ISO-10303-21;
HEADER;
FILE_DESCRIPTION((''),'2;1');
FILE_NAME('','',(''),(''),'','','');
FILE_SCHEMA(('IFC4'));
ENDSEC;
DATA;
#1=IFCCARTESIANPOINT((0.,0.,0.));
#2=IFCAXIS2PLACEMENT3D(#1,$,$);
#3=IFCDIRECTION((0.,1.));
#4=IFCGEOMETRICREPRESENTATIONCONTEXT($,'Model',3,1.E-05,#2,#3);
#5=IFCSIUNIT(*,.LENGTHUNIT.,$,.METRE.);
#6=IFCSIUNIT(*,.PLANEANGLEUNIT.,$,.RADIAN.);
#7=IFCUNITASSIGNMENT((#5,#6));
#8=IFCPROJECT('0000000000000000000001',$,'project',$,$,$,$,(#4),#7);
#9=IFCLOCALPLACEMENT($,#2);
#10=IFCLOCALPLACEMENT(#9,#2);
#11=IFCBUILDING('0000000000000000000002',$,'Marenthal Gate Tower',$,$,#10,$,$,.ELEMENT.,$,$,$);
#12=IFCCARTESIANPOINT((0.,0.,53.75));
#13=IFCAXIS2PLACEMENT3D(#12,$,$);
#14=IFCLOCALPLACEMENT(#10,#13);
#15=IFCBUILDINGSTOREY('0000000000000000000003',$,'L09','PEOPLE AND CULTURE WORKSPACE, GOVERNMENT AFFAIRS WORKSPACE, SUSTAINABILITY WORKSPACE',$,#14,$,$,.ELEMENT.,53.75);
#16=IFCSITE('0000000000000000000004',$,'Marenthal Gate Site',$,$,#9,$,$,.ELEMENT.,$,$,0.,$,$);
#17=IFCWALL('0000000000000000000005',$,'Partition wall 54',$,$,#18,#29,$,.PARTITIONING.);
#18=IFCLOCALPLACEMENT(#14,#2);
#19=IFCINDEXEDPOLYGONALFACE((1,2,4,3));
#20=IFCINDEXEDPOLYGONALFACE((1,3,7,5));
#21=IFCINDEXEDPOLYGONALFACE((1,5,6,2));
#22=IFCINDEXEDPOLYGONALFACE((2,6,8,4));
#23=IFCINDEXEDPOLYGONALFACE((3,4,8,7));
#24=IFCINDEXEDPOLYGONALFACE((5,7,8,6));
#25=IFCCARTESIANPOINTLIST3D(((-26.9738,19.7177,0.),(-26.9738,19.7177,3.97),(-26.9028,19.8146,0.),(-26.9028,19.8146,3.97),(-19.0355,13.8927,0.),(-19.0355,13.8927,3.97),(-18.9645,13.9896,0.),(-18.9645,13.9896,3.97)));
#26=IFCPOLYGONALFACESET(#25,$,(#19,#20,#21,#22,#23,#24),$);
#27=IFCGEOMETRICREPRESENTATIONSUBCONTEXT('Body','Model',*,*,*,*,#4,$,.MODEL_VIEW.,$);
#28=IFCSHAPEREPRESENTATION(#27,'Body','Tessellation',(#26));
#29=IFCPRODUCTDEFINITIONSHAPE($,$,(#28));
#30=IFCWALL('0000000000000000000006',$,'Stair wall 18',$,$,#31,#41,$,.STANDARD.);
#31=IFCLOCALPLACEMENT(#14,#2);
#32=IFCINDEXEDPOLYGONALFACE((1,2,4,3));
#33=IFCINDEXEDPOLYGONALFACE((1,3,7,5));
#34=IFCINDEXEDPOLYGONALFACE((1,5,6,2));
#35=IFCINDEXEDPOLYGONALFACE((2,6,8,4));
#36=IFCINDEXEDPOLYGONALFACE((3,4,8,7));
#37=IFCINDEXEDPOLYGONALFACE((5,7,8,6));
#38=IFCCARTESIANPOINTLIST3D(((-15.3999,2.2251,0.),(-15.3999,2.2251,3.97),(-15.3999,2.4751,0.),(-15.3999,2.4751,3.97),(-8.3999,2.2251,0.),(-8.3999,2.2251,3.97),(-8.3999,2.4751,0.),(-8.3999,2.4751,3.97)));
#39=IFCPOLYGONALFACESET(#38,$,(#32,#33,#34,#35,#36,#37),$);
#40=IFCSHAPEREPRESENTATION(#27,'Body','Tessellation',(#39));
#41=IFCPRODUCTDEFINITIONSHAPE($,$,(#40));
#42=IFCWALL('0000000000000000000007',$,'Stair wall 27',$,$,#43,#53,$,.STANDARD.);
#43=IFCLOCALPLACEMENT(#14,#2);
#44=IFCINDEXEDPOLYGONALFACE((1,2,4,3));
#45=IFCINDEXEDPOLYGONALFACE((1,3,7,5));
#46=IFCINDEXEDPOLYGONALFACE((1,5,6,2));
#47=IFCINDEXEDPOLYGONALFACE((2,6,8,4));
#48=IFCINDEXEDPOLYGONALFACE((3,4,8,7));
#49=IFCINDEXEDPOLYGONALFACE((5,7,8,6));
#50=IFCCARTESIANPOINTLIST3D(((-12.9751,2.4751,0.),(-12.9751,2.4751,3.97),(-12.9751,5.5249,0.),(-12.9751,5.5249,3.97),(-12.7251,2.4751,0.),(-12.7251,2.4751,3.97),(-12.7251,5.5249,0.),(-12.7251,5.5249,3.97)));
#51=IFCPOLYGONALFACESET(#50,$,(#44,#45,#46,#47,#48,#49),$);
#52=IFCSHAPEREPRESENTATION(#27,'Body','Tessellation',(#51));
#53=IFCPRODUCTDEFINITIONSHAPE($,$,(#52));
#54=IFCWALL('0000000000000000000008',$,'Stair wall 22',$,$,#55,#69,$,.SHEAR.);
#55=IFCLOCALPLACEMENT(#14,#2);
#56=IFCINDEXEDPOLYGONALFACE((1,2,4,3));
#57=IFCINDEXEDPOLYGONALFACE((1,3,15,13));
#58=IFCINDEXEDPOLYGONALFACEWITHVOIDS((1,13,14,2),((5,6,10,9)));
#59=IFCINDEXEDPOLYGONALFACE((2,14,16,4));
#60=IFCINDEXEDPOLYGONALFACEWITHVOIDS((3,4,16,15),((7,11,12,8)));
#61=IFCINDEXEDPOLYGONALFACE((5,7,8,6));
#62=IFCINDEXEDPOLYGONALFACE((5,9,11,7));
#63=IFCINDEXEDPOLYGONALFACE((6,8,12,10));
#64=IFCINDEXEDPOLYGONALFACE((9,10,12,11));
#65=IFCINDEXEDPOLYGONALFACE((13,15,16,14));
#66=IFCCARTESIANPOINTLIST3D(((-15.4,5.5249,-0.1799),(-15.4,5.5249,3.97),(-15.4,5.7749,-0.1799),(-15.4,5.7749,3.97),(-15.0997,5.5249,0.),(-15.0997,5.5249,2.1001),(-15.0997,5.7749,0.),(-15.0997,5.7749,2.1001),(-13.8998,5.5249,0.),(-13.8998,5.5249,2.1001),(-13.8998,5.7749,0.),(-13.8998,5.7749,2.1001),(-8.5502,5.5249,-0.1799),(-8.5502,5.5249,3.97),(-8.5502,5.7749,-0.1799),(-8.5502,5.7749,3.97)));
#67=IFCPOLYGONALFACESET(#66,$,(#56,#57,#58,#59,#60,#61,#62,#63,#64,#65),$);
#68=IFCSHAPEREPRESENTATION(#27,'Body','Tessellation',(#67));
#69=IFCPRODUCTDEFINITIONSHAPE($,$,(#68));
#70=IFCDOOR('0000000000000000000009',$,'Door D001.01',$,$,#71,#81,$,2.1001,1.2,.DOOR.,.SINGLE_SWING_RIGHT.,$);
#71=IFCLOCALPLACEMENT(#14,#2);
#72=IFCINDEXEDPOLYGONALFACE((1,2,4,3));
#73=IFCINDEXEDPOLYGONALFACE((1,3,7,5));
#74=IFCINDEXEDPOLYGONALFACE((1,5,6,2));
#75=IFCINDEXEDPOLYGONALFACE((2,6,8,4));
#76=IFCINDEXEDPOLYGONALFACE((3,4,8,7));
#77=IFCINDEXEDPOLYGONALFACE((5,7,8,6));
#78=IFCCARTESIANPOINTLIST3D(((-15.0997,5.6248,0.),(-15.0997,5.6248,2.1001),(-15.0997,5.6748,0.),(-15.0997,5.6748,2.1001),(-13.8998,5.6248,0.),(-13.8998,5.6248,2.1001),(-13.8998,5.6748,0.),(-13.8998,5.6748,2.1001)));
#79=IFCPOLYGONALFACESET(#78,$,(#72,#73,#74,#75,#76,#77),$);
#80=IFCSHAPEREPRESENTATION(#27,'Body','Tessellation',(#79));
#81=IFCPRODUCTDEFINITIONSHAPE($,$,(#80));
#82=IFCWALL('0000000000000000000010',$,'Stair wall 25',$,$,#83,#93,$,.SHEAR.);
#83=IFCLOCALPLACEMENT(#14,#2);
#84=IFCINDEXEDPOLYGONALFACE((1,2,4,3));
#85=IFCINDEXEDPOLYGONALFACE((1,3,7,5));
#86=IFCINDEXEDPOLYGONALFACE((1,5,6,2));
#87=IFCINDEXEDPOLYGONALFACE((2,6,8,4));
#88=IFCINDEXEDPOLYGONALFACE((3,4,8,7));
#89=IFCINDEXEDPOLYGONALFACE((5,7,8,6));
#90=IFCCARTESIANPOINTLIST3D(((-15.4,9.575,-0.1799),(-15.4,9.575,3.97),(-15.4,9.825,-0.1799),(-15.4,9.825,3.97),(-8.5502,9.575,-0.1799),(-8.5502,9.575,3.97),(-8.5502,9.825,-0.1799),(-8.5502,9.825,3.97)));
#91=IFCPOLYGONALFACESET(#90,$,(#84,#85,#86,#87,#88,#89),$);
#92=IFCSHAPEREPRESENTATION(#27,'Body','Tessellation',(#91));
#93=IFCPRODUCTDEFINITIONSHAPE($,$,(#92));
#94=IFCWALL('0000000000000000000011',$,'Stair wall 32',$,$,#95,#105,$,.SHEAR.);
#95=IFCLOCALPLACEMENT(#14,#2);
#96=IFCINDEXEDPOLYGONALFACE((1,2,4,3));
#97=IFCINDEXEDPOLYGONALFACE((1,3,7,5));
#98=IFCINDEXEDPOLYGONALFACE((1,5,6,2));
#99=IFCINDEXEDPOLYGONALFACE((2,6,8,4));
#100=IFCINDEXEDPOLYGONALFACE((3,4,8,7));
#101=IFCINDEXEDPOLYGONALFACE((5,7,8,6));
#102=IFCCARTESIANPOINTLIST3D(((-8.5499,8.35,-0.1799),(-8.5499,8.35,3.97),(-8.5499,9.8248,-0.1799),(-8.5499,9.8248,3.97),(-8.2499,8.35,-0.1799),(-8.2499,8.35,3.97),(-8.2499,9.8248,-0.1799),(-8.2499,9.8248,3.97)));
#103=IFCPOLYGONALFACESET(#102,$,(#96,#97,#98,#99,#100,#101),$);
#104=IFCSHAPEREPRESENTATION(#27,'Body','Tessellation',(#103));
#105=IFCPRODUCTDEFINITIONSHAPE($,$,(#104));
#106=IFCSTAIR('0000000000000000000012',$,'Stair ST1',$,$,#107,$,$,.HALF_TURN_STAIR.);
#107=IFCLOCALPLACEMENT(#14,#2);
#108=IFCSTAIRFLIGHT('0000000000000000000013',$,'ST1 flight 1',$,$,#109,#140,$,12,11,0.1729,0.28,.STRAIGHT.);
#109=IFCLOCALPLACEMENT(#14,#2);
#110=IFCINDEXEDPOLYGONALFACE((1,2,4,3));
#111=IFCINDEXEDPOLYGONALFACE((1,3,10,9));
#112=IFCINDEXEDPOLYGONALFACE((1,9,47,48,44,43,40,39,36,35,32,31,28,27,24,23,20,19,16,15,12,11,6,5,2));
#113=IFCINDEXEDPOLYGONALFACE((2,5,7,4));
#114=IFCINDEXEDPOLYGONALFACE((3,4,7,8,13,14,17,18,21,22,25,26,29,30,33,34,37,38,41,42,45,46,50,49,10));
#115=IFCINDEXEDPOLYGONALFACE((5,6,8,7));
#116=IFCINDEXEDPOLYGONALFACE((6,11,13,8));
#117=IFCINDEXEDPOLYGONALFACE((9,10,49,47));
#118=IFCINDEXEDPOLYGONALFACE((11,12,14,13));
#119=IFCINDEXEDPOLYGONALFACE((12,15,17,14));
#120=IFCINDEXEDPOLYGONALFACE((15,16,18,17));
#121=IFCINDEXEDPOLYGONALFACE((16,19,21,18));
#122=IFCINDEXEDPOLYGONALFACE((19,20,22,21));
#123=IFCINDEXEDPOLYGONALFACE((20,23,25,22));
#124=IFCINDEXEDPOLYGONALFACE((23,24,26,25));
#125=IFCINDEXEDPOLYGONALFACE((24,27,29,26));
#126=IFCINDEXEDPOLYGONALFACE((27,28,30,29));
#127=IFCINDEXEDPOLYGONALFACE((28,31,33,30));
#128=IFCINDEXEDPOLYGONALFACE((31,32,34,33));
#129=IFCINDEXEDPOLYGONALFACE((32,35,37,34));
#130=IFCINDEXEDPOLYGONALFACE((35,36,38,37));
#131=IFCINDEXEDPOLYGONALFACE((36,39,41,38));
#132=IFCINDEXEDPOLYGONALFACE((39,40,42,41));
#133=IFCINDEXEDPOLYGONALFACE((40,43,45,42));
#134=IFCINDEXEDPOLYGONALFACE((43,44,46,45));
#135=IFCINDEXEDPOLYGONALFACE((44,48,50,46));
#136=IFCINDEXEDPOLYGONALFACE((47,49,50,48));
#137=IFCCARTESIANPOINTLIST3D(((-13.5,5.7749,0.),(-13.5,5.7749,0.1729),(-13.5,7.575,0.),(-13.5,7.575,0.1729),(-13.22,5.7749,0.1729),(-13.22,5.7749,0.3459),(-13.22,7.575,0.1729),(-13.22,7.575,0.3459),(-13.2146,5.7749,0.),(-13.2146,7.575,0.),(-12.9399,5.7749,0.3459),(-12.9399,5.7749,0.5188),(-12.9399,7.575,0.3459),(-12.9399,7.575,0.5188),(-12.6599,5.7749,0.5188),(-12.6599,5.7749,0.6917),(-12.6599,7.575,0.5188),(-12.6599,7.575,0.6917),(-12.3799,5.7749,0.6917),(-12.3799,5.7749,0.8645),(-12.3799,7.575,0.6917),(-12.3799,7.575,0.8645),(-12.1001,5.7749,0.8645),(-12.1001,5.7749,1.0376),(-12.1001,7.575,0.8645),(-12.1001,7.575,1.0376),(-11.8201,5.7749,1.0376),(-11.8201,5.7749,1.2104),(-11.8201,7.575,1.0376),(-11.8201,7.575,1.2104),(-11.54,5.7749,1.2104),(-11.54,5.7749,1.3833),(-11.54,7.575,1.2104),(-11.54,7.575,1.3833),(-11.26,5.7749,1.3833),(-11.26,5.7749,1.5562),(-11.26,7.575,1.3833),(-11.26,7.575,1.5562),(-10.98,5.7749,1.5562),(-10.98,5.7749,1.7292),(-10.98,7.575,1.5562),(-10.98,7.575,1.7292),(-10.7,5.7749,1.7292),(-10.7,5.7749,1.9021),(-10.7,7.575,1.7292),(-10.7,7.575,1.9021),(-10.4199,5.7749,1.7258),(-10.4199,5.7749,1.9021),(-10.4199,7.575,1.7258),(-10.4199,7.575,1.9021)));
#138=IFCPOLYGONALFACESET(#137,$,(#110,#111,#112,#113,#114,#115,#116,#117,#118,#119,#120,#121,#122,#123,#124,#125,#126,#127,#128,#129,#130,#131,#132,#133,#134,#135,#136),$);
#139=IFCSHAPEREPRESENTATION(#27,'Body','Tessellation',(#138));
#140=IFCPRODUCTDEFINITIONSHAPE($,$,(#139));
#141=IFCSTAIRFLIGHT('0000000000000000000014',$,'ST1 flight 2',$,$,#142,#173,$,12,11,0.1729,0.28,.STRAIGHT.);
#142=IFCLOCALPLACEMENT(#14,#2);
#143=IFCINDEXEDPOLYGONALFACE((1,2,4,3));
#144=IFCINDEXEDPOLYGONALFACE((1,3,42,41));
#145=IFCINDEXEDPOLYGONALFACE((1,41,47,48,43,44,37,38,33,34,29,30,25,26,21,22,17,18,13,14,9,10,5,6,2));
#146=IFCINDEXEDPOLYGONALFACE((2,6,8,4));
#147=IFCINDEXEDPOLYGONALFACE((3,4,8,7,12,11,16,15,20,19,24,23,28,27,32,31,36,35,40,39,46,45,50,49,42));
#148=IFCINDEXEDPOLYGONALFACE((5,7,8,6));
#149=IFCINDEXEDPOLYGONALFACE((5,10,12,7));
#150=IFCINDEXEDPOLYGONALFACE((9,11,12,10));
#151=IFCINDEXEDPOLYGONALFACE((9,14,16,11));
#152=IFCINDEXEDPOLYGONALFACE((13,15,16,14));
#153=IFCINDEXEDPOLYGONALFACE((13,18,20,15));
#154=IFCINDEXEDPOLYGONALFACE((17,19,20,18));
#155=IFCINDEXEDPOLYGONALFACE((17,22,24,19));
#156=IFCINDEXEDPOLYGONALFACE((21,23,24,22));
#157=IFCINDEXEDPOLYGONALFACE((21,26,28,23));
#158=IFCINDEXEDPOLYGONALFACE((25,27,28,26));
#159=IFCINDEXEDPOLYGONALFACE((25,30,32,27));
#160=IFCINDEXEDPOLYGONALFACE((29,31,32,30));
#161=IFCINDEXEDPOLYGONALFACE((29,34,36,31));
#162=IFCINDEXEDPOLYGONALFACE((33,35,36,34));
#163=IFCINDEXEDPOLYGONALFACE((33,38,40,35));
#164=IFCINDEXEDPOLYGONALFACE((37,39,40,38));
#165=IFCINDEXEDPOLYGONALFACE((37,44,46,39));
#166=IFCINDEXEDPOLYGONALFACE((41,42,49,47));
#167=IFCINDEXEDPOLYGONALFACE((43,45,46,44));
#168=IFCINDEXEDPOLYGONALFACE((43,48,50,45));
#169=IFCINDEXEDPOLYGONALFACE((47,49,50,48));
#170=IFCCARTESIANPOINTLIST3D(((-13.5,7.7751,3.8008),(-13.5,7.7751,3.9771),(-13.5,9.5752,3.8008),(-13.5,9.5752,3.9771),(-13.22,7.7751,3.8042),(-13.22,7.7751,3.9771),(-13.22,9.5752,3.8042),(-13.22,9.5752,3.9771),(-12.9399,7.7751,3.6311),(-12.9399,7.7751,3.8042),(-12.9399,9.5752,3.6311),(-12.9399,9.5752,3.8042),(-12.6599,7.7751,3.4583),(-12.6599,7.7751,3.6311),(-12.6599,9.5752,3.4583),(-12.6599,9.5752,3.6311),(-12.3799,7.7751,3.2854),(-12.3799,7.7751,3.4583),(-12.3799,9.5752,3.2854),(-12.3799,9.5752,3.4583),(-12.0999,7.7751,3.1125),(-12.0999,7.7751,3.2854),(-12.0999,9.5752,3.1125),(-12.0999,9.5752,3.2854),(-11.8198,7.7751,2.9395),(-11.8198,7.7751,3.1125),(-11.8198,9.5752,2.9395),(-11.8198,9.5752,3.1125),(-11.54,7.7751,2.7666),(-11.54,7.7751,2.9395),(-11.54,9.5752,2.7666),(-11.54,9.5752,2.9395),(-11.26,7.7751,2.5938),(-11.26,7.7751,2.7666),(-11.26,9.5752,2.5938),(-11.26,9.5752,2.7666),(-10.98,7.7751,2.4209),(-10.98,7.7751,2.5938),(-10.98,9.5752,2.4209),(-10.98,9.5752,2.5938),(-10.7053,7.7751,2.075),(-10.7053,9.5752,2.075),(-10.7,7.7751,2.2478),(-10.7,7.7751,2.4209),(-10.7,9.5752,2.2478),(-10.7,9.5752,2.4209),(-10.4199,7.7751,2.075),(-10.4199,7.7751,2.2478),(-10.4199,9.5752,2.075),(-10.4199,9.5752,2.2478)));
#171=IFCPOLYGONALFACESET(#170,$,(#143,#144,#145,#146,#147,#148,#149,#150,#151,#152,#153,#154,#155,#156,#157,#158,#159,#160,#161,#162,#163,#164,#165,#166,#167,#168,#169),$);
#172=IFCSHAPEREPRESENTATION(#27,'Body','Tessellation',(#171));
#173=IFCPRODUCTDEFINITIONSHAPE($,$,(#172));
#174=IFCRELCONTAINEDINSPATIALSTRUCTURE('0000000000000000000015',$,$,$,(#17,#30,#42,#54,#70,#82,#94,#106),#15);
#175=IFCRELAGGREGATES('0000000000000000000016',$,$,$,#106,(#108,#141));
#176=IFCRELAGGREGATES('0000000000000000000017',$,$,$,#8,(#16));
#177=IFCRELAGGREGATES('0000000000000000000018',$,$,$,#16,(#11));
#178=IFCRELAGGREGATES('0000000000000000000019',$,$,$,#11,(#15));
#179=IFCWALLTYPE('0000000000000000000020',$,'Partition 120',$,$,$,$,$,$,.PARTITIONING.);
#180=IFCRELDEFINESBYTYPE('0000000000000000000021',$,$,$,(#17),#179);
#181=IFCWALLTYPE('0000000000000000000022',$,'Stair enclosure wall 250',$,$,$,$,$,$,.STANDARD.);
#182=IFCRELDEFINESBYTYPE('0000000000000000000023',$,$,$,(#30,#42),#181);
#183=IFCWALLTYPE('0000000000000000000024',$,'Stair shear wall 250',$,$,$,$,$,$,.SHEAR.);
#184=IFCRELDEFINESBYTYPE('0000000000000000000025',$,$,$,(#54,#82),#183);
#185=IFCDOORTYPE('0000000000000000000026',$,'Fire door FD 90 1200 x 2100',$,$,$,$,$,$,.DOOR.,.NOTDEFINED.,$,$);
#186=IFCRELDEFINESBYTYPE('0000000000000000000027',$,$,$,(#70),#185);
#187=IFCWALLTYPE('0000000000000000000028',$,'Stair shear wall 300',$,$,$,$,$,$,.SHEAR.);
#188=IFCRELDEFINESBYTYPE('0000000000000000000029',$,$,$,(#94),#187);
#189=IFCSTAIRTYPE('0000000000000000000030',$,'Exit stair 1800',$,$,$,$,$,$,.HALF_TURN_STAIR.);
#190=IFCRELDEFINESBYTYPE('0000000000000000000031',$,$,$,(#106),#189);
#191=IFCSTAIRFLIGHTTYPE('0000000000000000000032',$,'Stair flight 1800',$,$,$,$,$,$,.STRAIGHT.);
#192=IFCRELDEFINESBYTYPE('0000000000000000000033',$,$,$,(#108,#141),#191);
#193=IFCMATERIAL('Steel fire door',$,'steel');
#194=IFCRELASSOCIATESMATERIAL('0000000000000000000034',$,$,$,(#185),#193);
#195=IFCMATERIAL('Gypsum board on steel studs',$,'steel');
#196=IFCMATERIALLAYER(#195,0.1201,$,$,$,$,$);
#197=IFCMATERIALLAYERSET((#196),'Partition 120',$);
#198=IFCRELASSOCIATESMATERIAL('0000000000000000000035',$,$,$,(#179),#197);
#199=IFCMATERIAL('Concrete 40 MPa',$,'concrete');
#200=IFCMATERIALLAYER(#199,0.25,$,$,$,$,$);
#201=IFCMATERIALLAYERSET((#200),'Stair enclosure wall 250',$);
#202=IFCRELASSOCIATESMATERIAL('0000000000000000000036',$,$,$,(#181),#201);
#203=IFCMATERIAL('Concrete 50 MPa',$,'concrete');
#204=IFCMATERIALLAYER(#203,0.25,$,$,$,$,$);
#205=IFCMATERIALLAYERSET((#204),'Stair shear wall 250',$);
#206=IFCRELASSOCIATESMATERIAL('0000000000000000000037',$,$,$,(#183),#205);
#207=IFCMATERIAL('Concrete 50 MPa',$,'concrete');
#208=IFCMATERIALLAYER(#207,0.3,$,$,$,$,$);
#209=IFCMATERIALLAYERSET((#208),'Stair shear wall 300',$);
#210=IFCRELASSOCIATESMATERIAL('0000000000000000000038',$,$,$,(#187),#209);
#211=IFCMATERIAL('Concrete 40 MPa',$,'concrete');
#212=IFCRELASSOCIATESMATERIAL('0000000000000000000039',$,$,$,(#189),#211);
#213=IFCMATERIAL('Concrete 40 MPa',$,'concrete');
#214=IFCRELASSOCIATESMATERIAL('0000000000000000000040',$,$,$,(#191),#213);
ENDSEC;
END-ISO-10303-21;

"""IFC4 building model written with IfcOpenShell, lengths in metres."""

from ifc_helpers import new_model, si_unit, direction, frame, frame_2d, origin, place, context, subcontext, project, spatial, polyline, rectangle, outline, extrude, material, layer, layer_set, type_object, element, fill, aggregate, save


model = new_model("IFC4")

# Units and contexts
model_context = context("Model", 3, precision=1e-05, world=origin(), true_north=direction((0.0, 1.0)))
body_context = subcontext(model_context, "Body", "Model", "MODEL_VIEW")
ifc_project = project(units=[si_unit("LENGTHUNIT", "METRE"), si_unit("PLANEANGLEUNIT", "RADIAN")], contexts=[model_context])

# Site, building, storey
site_placement = place(None, origin())
site = spatial("IfcSite", under=ifc_project, at=site_placement, Name="Marenthal Gate Site", CompositionType="ELEMENT", RefElevation=0.0)
building_placement = place(site_placement, origin())
building = spatial("IfcBuilding", under=site, at=building_placement, Name="Marenthal Gate Tower", CompositionType="ELEMENT")
storey_placement = place(building_placement, frame((0.0, 0.0, 53.75)))
storey = spatial("IfcBuildingStorey", under=building, at=storey_placement, Name="L09", Description="PEOPLE AND CULTURE WORKSPACE, GOVERNMENT AFFAIRS WORKSPACE, SUSTAINABILITY WORKSPACE", CompositionType="ELEMENT", Elevation=53.75)

# Shared definitions
ifc_material_1 = material(Name="Steel fire door", Category="steel")
door_type_1 = type_object("IfcDoorType", Name="Fire door FD 90 1200 x 2100", OperationType="NOTDEFINED", PredefinedType="DOOR", material=ifc_material_1)

# Walls
ifc_material_2 = material(Name="Gypsum board on steel studs", Category="steel")
ifc_layer_1 = layer(ifc_material_2, 0.1201)
ifc_layer_set_1 = layer_set([ifc_layer_1], Name="Partition 120")
wall_type_1 = type_object("IfcWallType", Name="Partition 120", PredefinedType="PARTITIONING", material=ifc_layer_set_1)
wall_1_placement = place(storey_placement, frame((-19.0, 13.9412, 0.0), z_axis=(0.0, 0.0, 1.0), x_axis=(-0.806232, 0.5916, 0.0)))
element("IfcWall", 1, at=wall_1_placement, inside=storey, type_object=wall_type_1, Name="Partition wall 54", PredefinedType="PARTITIONING", context=body_context, shape_type="SweptSolid", body=[
    extrude(rectangle(XDim=9.8462, YDim=0.1201, at=frame_2d((4.9231, 0.0))), origin(), (0.0, 0.0, 1.0), 3.97),
])
ifc_material_3 = material(Name="Concrete 40 MPa", Category="concrete")
ifc_layer_2 = layer(ifc_material_3, 0.25)
ifc_layer_set_2 = layer_set([ifc_layer_2], Name="Stair enclosure wall 250")
wall_type_2 = type_object("IfcWallType", Name="Stair enclosure wall 250", PredefinedType="STANDARD", material=ifc_layer_set_2)
wall_2_placement = place(storey_placement, frame((-15.3999, 2.3501, 0.0), z_axis=(0.0, 0.0, 1.0), x_axis=(1.0, 0.0, 0.0)))
element("IfcWall", 2, at=wall_2_placement, inside=storey, type_object=wall_type_2, Name="Stair wall 18", PredefinedType="STANDARD", context=body_context, shape_type="SweptSolid", body=[
    extrude(rectangle(XDim=7.0, YDim=0.25, at=frame_2d((3.5, 0.0))), origin(), (0.0, 0.0, 1.0), 3.97),
])
wall_3_placement = place(storey_placement, frame((-12.8501, 2.4751, 0.0), z_axis=(0.0, 0.0, 1.0), x_axis=(0.0, 1.0, 0.0)))
element("IfcWall", 3, at=wall_3_placement, inside=storey, type_object=wall_type_2, Name="Stair wall 27", PredefinedType="STANDARD", context=body_context, shape_type="SweptSolid", body=[
    extrude(rectangle(XDim=3.0498, YDim=0.25, at=frame_2d((1.5249, 0.0))), origin(), (0.0, 0.0, 1.0), 3.97),
])

# Wall, opening, door
ifc_material_4 = material(Name="Concrete 50 MPa", Category="concrete")
ifc_layer_3 = layer(ifc_material_4, 0.25)
ifc_layer_set_3 = layer_set([ifc_layer_3], Name="Stair shear wall 250")
wall_type_3 = type_object("IfcWallType", Name="Stair shear wall 250", PredefinedType="SHEAR", material=ifc_layer_set_3)
wall_4_placement = place(storey_placement, frame((-15.3999, 5.6499, -0.1799), z_axis=(0.0, 0.0, 1.0), x_axis=(1.0, 0.0, 0.0)))
wall_4 = element("IfcWall", 4, at=wall_4_placement, inside=storey, type_object=wall_type_3, Name="Stair wall 22", PredefinedType="SHEAR", context=body_context, shape_type="SweptSolid", body=[
    extrude(rectangle(XDim=6.8499, YDim=0.25, at=frame_2d((3.4248, 0.0))), origin(), (0.0, 0.0, 1.0), 4.1499),
])
opening_1_placement = place(wall_4_placement, frame((0.3, 0.0, 0.1799)))
opening_1 = element("IfcOpeningElement", 5, at=opening_1_placement, cuts=wall_4, PredefinedType="OPENING", context=body_context, shape_type="SweptSolid", body=[
    extrude(rectangle(XDim=1.2, YDim=2.1001, at=frame_2d((0.6001, 1.05))), frame((0.0, 0.135, 0.0), z_axis=(0.0, -1.0, 0.0), x_axis=(1.0, 0.0, 0.0)), (0.0, 0.0, 1.0), 0.27),
])
door_1_placement = place(opening_1_placement, origin())
door_1 = element("IfcDoor", 6, at=door_1_placement, inside=storey, type_object=door_type_1, Name="Door D001.01", OperationType="SINGLE_SWING_RIGHT", OverallHeight=2.1001, OverallWidth=1.2, PredefinedType="DOOR", context=body_context, shape_type="SweptSolid", body=[
    extrude(rectangle(XDim=1.2, YDim=2.1001, at=frame_2d((0.6001, 1.05))), frame((0.0, 0.0249, 0.0), z_axis=(0.0, -1.0, 0.0), x_axis=(1.0, 0.0, 0.0)), (0.0, 0.0, 1.0), 0.05),
])
fill(opening_1, door_1)

# Walls
wall_5_placement = place(storey_placement, frame((-15.3999, 9.7, -0.1799), z_axis=(0.0, 0.0, 1.0), x_axis=(1.0, 0.0, 0.0)))
element("IfcWall", 7, at=wall_5_placement, inside=storey, type_object=wall_type_3, Name="Stair wall 25", PredefinedType="SHEAR", context=body_context, shape_type="SweptSolid", body=[
    extrude(rectangle(XDim=6.8499, YDim=0.25, at=frame_2d((3.4248, 0.0))), origin(), (0.0, 0.0, 1.0), 4.1499),
])
ifc_material_5 = material(Name="Concrete 50 MPa", Category="concrete")
ifc_layer_4 = layer(ifc_material_5, 0.3)
ifc_layer_set_4 = layer_set([ifc_layer_4], Name="Stair shear wall 300")
wall_type_4 = type_object("IfcWallType", Name="Stair shear wall 300", PredefinedType="SHEAR", material=ifc_layer_set_4)
wall_6_placement = place(storey_placement, frame((-8.3999, 8.3501, -0.1799), z_axis=(0.0, 0.0, 1.0), x_axis=(0.0, 1.0, 0.0)))
element("IfcWall", 8, at=wall_6_placement, inside=storey, type_object=wall_type_4, Name="Stair wall 32", PredefinedType="SHEAR", context=body_context, shape_type="SweptSolid", body=[
    extrude(rectangle(XDim=1.4749, YDim=0.3, at=frame_2d((0.7373, 0.0))), origin(), (0.0, 0.0, 1.0), 4.1499),
])

# Stair, stair flights
ifc_material_6 = material(Name="Concrete 40 MPa", Category="concrete")
stair_type = type_object("IfcStairType", Name="Exit stair 1800", PredefinedType="HALF_TURN_STAIR", material=ifc_material_6)
stair_placement = place(storey_placement, origin())
stair = element("IfcStair", 9, at=stair_placement, inside=storey, type_object=stair_type, Name="Stair ST1", PredefinedType="HALF_TURN_STAIR")
ifc_material_7 = material(Name="Concrete 40 MPa", Category="concrete")
stair_flight_type = type_object("IfcStairFlightType", Name="Stair flight 1800", PredefinedType="STRAIGHT", material=ifc_material_7)
stair_flight_1_placement = place(storey_placement, frame((-13.5, 6.675, 0.0), z_axis=(0.0, 0.0, 1.0), x_axis=(1.0, 0.0, 0.0)))
stair_flight_1 = element("IfcStairFlight", 10, at=stair_flight_1_placement, type_object=stair_flight_type, Name="ST1 flight 1", NumberOfRisers=12, NumberOfTreads=11, PredefinedType="STRAIGHT", RiserHeight=0.1729, TreadLength=0.28, context=body_context, shape_type="SweptSolid", body=[
    extrude(outline(polyline([(0.0, 0.0), (0.0, 0.1729), (0.28, 0.1729), (0.28, 0.3459), (0.5601, 0.3459), (0.5601, 0.5188), (0.8401, 0.5188), (0.8401, 0.6917), (1.1201, 0.6917), (1.1201, 0.8645), (1.3999, 0.8645), (1.3999, 1.0376), (1.6799, 1.0376), (1.6799, 1.2104), (1.96, 1.2104), (1.96, 1.3833), (2.24, 1.3833), (2.24, 1.5562), (2.52, 1.5562), (2.52, 1.7292), (2.8, 1.7292), (2.8, 1.9021), (3.0801, 1.9021), (3.0801, 2.075), (3.0801, 1.7258), (0.2854, 0.0), (0.0, 0.0)])), frame((0.0, 0.8999, 0.0), z_axis=(0.0, -1.0, 0.0), x_axis=(1.0, 0.0, 0.0)), (0.0, 0.0, 1.0), 1.8),
])
stair_flight_2_placement = place(storey_placement, frame((-10.4199, 8.675, 2.075), z_axis=(0.0, 0.0, 1.0), x_axis=(-1.0, 0.0, 0.0)))
stair_flight_2 = element("IfcStairFlight", 11, at=stair_flight_2_placement, type_object=stair_flight_type, Name="ST1 flight 2", NumberOfRisers=12, NumberOfTreads=11, PredefinedType="STRAIGHT", RiserHeight=0.1729, TreadLength=0.28, context=body_context, shape_type="SweptSolid", body=[
    extrude(outline(polyline([(0.0, 0.0), (0.0, 0.1729), (0.28, 0.1729), (0.28, 0.3459), (0.5601, 0.3459), (0.5601, 0.5188), (0.8401, 0.5188), (0.8401, 0.6917), (1.1201, 0.6917), (1.1201, 0.8645), (1.3999, 0.8645), (1.3999, 1.0376), (1.6799, 1.0376), (1.6799, 1.2104), (1.96, 1.2104), (1.96, 1.3833), (2.24, 1.3833), (2.24, 1.5562), (2.52, 1.5562), (2.52, 1.7292), (2.8, 1.7292), (2.8, 1.9021), (3.0801, 1.9021), (3.0801, 2.075), (3.0801, 1.7258), (0.2854, 0.0), (0.0, 0.0)])), frame((0.0, 0.8999, 0.0), z_axis=(0.0, -1.0, 0.0), x_axis=(1.0, 0.0, 0.0)), (0.0, 0.0, 1.0), 1.8),
])
aggregate(stair, [stair_flight_1, stair_flight_2])

save(model, "model.ifc")
